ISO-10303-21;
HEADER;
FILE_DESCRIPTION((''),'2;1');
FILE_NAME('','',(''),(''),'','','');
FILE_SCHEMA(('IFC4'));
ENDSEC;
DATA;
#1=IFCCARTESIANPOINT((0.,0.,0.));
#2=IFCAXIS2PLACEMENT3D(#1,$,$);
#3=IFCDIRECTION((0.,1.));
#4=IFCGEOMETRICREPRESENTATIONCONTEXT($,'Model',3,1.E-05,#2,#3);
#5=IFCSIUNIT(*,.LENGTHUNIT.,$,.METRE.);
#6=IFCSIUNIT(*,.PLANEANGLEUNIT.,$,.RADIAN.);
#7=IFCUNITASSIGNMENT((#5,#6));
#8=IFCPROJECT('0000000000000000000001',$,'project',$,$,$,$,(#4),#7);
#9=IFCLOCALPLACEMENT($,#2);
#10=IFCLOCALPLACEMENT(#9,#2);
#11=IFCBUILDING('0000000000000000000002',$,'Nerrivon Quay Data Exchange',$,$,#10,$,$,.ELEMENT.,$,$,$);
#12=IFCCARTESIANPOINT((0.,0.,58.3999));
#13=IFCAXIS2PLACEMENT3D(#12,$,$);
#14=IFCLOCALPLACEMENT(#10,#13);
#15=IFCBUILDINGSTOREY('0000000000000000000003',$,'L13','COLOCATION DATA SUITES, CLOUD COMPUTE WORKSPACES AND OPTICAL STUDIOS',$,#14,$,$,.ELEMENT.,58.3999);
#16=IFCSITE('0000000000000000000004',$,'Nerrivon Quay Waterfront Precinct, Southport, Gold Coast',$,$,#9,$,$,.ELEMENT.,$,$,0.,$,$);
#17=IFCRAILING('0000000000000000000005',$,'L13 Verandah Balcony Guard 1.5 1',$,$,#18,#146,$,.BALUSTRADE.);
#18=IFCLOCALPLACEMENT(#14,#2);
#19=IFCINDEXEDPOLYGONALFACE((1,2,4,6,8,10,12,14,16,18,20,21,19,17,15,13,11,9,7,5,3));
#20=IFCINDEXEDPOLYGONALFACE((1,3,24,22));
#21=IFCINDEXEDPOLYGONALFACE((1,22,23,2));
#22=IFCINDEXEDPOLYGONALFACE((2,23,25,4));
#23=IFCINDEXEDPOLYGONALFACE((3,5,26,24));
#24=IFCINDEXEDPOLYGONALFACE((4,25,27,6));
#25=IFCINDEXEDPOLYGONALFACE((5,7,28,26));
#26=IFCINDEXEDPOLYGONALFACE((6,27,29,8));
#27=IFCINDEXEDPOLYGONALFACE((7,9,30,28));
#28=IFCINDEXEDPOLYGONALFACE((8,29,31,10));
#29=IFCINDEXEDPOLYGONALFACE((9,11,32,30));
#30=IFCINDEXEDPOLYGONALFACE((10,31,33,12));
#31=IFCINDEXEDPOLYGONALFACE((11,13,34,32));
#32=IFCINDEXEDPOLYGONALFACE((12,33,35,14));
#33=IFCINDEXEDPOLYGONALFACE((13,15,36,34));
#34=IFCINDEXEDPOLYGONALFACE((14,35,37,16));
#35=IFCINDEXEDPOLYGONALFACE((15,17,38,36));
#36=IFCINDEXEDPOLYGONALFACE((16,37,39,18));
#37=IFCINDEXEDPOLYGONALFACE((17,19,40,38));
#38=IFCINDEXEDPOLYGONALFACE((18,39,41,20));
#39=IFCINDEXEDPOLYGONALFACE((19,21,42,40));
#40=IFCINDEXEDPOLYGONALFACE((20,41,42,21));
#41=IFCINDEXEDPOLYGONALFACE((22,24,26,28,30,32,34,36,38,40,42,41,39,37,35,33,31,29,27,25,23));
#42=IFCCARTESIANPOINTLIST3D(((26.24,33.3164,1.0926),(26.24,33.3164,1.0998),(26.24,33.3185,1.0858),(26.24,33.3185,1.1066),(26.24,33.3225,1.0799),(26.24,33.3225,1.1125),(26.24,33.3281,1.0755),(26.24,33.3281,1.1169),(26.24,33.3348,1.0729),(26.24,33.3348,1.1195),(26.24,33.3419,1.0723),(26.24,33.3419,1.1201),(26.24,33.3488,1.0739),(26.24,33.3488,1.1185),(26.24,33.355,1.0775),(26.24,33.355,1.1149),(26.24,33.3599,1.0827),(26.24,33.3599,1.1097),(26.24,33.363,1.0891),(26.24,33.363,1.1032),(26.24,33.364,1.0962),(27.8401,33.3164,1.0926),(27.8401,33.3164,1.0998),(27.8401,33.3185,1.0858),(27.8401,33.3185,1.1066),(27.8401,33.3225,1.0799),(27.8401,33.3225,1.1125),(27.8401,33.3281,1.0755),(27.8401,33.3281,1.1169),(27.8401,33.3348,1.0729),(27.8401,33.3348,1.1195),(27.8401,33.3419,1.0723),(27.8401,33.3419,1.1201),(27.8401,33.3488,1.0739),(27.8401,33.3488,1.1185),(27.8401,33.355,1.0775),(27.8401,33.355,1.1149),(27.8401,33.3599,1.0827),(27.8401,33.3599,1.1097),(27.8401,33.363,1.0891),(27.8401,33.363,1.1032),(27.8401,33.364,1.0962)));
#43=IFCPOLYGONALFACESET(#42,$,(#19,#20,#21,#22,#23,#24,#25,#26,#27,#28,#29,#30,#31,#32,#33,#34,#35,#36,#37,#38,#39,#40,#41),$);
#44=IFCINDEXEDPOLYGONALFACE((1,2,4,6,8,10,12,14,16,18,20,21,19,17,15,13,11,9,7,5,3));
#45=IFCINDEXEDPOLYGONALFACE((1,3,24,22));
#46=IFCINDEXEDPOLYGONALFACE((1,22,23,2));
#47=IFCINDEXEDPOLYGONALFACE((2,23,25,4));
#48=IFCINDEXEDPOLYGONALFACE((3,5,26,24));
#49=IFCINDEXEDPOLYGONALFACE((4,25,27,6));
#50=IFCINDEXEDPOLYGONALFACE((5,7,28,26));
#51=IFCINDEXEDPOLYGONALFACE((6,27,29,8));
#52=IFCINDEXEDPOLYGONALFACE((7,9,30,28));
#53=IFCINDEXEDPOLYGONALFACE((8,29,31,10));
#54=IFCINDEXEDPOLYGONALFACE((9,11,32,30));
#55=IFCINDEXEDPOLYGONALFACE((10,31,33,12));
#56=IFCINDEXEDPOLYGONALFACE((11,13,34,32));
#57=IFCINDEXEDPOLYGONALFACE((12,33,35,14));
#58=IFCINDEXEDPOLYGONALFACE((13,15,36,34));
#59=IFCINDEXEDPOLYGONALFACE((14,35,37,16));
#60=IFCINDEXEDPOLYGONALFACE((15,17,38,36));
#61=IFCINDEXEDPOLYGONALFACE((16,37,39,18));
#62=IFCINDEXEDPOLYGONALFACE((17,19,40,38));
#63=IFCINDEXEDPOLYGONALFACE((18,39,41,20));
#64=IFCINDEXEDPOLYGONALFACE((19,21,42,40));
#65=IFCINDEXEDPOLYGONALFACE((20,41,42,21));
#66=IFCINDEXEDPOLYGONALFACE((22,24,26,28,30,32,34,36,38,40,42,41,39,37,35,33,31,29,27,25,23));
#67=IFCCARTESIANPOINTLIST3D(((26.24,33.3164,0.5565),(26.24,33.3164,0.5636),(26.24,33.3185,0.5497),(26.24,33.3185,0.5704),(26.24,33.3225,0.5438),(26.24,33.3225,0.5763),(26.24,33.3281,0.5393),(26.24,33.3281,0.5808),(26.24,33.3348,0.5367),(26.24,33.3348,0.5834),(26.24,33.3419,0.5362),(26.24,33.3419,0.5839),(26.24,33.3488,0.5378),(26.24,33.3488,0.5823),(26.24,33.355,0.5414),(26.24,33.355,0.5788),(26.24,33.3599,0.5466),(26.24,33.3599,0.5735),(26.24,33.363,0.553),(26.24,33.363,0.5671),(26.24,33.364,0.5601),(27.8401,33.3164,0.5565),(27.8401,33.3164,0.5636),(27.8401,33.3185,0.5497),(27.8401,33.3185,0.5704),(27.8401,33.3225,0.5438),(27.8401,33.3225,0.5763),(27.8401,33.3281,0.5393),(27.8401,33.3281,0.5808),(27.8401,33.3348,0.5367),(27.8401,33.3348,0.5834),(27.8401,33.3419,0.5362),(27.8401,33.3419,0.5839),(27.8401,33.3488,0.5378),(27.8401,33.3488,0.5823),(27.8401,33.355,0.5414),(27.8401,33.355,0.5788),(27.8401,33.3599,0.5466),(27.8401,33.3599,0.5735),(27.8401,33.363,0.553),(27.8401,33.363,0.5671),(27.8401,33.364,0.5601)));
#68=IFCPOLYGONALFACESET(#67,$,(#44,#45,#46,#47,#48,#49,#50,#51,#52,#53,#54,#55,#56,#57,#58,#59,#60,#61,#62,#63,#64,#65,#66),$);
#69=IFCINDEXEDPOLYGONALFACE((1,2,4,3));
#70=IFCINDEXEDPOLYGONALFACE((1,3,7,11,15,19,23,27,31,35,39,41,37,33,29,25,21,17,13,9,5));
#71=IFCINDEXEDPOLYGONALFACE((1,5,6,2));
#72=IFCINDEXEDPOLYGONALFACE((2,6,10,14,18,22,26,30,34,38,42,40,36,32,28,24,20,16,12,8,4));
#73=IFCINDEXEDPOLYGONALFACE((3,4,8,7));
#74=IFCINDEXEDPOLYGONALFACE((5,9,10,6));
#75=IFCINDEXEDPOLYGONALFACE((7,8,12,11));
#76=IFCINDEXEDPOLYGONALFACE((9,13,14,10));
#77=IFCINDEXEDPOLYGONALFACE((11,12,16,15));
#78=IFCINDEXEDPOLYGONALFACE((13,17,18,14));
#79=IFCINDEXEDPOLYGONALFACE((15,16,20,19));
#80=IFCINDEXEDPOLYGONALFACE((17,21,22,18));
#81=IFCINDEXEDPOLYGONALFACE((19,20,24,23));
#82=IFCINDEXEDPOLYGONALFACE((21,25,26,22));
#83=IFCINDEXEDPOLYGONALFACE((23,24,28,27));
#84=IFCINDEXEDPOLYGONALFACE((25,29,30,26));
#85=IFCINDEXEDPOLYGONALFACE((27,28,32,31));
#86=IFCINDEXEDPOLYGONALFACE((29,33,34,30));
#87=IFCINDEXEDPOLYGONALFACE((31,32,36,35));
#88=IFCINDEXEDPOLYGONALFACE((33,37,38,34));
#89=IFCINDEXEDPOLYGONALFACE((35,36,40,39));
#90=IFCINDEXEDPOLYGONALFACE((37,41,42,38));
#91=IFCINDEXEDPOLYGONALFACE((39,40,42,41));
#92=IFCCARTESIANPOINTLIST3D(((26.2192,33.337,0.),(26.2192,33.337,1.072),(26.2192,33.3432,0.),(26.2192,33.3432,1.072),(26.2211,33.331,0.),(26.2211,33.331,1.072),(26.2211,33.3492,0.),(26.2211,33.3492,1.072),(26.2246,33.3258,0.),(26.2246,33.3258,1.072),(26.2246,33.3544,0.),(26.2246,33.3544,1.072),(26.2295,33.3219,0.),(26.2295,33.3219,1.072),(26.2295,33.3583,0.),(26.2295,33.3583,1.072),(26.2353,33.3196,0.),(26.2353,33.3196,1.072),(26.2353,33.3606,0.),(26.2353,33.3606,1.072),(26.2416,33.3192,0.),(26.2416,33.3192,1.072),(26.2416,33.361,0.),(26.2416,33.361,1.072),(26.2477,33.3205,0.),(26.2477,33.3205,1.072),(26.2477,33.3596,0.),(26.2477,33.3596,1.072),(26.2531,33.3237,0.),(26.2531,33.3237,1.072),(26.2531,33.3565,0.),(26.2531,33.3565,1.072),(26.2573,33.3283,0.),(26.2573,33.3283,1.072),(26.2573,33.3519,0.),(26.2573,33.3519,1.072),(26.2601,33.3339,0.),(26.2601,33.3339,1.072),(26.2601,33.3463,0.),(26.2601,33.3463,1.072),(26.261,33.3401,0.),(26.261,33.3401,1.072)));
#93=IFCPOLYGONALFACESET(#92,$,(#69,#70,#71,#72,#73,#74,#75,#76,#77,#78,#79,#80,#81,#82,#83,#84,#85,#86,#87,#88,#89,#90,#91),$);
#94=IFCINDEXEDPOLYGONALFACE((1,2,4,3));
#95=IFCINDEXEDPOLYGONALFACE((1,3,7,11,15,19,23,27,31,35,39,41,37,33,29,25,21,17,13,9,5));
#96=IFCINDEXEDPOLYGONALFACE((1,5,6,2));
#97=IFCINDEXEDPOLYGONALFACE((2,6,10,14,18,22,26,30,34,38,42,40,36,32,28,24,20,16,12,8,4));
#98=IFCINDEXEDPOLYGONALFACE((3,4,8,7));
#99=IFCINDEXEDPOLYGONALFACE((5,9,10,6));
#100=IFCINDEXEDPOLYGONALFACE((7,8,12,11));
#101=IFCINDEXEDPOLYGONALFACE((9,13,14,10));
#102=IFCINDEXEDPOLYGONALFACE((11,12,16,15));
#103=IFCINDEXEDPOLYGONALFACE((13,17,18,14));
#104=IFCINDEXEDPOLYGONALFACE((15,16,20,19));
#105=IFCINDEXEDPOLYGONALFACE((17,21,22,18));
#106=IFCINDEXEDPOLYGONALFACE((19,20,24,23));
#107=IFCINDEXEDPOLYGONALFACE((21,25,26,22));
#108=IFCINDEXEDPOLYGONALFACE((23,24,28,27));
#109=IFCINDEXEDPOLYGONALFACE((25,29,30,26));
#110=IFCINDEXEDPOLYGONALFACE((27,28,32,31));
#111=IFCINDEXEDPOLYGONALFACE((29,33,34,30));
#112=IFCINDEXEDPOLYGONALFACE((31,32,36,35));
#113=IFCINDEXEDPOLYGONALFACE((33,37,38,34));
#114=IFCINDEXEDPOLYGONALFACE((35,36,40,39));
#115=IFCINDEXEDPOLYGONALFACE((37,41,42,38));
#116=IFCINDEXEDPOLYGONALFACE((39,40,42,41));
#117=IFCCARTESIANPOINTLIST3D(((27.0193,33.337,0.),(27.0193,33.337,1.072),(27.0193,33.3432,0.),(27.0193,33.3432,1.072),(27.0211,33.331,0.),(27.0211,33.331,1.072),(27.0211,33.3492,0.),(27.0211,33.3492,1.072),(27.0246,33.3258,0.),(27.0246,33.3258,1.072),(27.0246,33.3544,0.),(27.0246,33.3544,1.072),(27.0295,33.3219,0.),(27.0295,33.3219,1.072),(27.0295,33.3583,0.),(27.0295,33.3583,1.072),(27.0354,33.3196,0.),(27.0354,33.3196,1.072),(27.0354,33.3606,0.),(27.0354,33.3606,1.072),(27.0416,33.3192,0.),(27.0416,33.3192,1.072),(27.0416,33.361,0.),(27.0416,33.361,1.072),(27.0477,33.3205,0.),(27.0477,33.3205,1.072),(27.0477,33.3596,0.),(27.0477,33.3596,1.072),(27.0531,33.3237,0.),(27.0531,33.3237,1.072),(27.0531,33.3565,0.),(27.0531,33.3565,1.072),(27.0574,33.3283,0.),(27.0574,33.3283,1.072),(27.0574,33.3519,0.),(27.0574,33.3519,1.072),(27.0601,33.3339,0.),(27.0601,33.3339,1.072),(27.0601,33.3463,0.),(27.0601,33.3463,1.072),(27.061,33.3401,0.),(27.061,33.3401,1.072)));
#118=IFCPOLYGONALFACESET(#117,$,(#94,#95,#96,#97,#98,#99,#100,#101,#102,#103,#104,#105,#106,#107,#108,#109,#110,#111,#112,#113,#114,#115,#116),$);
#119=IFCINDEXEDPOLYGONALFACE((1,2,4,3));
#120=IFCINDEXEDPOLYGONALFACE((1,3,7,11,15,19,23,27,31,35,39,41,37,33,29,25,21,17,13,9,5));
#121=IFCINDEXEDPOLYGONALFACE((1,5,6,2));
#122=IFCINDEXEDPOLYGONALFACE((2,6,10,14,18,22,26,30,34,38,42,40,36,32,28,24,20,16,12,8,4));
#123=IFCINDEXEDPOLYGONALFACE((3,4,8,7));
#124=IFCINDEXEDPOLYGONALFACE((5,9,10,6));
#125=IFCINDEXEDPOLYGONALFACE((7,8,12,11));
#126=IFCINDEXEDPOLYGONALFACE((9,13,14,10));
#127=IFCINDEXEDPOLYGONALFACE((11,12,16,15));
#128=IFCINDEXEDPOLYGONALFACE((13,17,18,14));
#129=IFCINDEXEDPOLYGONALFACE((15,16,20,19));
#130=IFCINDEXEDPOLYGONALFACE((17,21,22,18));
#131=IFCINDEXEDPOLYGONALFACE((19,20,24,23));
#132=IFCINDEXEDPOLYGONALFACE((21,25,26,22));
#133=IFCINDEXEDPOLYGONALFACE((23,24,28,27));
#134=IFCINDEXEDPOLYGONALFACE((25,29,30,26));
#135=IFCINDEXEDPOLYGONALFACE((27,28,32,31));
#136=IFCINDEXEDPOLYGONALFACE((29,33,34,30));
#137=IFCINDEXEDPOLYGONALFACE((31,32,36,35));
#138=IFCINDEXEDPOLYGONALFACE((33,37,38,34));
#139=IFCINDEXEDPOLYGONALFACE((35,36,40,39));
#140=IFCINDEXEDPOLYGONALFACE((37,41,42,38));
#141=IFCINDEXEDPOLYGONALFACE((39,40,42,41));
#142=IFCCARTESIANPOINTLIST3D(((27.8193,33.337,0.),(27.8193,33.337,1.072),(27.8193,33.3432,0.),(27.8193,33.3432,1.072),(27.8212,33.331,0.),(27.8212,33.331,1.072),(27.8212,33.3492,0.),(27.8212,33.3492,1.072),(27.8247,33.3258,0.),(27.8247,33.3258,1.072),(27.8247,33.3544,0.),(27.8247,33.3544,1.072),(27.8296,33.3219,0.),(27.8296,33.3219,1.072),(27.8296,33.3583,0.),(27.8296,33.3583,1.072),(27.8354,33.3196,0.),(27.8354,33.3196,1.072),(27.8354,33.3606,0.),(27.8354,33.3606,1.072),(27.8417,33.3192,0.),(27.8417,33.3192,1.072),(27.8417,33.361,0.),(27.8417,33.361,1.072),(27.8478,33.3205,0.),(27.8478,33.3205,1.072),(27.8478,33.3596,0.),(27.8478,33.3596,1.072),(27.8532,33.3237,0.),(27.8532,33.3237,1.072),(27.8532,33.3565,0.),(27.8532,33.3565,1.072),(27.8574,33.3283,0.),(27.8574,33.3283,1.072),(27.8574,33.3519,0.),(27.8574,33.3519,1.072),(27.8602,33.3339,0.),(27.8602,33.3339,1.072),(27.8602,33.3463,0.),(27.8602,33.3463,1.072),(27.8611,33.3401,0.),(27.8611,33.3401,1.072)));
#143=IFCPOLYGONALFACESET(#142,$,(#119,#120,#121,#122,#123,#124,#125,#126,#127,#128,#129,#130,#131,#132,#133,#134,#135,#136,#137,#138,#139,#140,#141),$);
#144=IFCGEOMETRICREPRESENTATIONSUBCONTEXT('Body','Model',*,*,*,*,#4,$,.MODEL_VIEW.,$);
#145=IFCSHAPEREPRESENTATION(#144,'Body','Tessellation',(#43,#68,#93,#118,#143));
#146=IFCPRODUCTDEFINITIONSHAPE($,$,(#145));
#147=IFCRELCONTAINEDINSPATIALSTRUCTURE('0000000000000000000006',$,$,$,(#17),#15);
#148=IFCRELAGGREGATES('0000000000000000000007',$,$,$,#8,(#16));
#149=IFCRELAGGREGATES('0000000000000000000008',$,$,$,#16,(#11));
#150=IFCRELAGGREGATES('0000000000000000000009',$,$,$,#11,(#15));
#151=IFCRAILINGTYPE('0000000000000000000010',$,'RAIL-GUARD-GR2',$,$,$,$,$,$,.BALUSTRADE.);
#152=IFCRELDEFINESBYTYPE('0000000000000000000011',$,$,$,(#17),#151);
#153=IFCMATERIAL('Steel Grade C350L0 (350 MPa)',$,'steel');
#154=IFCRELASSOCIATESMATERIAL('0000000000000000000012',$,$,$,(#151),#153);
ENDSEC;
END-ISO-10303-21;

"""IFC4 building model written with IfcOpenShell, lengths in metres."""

from ifc_helpers import new_model, si_unit, direction, frame, origin, origin_2d, place, context, subcontext, project, spatial, circle, extrude, material, type_object, element, save


model = new_model("IFC4")

# Units and contexts
model_context = context("Model", 3, precision=1e-05, world=origin(), true_north=direction((0.0, 1.0)))
body_context = subcontext(model_context, "Body", "Model", "MODEL_VIEW")
ifc_project = project(units=[si_unit("LENGTHUNIT", "METRE"), si_unit("PLANEANGLEUNIT", "RADIAN")], contexts=[model_context])

# Site, building, storey
site_placement = place(None, origin())
site = spatial("IfcSite", under=ifc_project, at=site_placement, Name="Nerrivon Quay Waterfront Precinct, Southport, Gold Coast", CompositionType="ELEMENT", RefElevation=0.0)
building_placement = place(site_placement, origin())
building = spatial("IfcBuilding", under=site, at=building_placement, Name="Nerrivon Quay Data Exchange", CompositionType="ELEMENT")
storey_placement = place(building_placement, frame((0.0, 0.0, 58.3999)))
storey = spatial("IfcBuildingStorey", under=building, at=storey_placement, Name="L13", Description="COLOCATION DATA SUITES, CLOUD COMPUTE WORKSPACES AND OPTICAL STUDIOS", CompositionType="ELEMENT", Elevation=58.3999)

# Railing
ifc_material_1 = material(Name="Steel Grade C350L0 (350 MPa)", Category="steel")
railing_type = type_object("IfcRailingType", Name="RAIL-GUARD-GR2", PredefinedType="BALUSTRADE", material=ifc_material_1)
railing_1_placement = place(storey_placement, frame((26.24, 33.3401, 0.0)))
element("IfcRailing", 1, at=railing_1_placement, inside=storey, type_object=railing_type, Name="L13 Verandah Balcony Guard 1.5 1", PredefinedType="BALUSTRADE", context=body_context, shape_type="SweptSolid", body=[
    extrude(circle(Radius=0.0239, at=origin_2d()), frame((0.0, 0.0, 1.0962), z_axis=(1.0, 0.0, 0.0), x_axis=(0.0, 1.0, 0.0)), (0.0, 0.0, 1.0), 1.6001),
    extrude(circle(Radius=0.0239, at=origin_2d()), frame((0.0, 0.0, 0.5601), z_axis=(1.0, 0.0, 0.0), x_axis=(0.0, 1.0, 0.0)), (0.0, 0.0, 1.0), 1.6001),
    extrude(circle(Radius=0.021, at=origin_2d()), origin(), (0.0, 0.0, 1.0), 1.072),
    extrude(circle(Radius=0.021, at=origin_2d()), frame((0.8, 0.0, 0.0)), (0.0, 0.0, 1.0), 1.072),
    extrude(circle(Radius=0.021, at=origin_2d()), frame((1.6001, 0.0, 0.0)), (0.0, 0.0, 1.0), 1.072),
])

save(model, "model.ifc")
